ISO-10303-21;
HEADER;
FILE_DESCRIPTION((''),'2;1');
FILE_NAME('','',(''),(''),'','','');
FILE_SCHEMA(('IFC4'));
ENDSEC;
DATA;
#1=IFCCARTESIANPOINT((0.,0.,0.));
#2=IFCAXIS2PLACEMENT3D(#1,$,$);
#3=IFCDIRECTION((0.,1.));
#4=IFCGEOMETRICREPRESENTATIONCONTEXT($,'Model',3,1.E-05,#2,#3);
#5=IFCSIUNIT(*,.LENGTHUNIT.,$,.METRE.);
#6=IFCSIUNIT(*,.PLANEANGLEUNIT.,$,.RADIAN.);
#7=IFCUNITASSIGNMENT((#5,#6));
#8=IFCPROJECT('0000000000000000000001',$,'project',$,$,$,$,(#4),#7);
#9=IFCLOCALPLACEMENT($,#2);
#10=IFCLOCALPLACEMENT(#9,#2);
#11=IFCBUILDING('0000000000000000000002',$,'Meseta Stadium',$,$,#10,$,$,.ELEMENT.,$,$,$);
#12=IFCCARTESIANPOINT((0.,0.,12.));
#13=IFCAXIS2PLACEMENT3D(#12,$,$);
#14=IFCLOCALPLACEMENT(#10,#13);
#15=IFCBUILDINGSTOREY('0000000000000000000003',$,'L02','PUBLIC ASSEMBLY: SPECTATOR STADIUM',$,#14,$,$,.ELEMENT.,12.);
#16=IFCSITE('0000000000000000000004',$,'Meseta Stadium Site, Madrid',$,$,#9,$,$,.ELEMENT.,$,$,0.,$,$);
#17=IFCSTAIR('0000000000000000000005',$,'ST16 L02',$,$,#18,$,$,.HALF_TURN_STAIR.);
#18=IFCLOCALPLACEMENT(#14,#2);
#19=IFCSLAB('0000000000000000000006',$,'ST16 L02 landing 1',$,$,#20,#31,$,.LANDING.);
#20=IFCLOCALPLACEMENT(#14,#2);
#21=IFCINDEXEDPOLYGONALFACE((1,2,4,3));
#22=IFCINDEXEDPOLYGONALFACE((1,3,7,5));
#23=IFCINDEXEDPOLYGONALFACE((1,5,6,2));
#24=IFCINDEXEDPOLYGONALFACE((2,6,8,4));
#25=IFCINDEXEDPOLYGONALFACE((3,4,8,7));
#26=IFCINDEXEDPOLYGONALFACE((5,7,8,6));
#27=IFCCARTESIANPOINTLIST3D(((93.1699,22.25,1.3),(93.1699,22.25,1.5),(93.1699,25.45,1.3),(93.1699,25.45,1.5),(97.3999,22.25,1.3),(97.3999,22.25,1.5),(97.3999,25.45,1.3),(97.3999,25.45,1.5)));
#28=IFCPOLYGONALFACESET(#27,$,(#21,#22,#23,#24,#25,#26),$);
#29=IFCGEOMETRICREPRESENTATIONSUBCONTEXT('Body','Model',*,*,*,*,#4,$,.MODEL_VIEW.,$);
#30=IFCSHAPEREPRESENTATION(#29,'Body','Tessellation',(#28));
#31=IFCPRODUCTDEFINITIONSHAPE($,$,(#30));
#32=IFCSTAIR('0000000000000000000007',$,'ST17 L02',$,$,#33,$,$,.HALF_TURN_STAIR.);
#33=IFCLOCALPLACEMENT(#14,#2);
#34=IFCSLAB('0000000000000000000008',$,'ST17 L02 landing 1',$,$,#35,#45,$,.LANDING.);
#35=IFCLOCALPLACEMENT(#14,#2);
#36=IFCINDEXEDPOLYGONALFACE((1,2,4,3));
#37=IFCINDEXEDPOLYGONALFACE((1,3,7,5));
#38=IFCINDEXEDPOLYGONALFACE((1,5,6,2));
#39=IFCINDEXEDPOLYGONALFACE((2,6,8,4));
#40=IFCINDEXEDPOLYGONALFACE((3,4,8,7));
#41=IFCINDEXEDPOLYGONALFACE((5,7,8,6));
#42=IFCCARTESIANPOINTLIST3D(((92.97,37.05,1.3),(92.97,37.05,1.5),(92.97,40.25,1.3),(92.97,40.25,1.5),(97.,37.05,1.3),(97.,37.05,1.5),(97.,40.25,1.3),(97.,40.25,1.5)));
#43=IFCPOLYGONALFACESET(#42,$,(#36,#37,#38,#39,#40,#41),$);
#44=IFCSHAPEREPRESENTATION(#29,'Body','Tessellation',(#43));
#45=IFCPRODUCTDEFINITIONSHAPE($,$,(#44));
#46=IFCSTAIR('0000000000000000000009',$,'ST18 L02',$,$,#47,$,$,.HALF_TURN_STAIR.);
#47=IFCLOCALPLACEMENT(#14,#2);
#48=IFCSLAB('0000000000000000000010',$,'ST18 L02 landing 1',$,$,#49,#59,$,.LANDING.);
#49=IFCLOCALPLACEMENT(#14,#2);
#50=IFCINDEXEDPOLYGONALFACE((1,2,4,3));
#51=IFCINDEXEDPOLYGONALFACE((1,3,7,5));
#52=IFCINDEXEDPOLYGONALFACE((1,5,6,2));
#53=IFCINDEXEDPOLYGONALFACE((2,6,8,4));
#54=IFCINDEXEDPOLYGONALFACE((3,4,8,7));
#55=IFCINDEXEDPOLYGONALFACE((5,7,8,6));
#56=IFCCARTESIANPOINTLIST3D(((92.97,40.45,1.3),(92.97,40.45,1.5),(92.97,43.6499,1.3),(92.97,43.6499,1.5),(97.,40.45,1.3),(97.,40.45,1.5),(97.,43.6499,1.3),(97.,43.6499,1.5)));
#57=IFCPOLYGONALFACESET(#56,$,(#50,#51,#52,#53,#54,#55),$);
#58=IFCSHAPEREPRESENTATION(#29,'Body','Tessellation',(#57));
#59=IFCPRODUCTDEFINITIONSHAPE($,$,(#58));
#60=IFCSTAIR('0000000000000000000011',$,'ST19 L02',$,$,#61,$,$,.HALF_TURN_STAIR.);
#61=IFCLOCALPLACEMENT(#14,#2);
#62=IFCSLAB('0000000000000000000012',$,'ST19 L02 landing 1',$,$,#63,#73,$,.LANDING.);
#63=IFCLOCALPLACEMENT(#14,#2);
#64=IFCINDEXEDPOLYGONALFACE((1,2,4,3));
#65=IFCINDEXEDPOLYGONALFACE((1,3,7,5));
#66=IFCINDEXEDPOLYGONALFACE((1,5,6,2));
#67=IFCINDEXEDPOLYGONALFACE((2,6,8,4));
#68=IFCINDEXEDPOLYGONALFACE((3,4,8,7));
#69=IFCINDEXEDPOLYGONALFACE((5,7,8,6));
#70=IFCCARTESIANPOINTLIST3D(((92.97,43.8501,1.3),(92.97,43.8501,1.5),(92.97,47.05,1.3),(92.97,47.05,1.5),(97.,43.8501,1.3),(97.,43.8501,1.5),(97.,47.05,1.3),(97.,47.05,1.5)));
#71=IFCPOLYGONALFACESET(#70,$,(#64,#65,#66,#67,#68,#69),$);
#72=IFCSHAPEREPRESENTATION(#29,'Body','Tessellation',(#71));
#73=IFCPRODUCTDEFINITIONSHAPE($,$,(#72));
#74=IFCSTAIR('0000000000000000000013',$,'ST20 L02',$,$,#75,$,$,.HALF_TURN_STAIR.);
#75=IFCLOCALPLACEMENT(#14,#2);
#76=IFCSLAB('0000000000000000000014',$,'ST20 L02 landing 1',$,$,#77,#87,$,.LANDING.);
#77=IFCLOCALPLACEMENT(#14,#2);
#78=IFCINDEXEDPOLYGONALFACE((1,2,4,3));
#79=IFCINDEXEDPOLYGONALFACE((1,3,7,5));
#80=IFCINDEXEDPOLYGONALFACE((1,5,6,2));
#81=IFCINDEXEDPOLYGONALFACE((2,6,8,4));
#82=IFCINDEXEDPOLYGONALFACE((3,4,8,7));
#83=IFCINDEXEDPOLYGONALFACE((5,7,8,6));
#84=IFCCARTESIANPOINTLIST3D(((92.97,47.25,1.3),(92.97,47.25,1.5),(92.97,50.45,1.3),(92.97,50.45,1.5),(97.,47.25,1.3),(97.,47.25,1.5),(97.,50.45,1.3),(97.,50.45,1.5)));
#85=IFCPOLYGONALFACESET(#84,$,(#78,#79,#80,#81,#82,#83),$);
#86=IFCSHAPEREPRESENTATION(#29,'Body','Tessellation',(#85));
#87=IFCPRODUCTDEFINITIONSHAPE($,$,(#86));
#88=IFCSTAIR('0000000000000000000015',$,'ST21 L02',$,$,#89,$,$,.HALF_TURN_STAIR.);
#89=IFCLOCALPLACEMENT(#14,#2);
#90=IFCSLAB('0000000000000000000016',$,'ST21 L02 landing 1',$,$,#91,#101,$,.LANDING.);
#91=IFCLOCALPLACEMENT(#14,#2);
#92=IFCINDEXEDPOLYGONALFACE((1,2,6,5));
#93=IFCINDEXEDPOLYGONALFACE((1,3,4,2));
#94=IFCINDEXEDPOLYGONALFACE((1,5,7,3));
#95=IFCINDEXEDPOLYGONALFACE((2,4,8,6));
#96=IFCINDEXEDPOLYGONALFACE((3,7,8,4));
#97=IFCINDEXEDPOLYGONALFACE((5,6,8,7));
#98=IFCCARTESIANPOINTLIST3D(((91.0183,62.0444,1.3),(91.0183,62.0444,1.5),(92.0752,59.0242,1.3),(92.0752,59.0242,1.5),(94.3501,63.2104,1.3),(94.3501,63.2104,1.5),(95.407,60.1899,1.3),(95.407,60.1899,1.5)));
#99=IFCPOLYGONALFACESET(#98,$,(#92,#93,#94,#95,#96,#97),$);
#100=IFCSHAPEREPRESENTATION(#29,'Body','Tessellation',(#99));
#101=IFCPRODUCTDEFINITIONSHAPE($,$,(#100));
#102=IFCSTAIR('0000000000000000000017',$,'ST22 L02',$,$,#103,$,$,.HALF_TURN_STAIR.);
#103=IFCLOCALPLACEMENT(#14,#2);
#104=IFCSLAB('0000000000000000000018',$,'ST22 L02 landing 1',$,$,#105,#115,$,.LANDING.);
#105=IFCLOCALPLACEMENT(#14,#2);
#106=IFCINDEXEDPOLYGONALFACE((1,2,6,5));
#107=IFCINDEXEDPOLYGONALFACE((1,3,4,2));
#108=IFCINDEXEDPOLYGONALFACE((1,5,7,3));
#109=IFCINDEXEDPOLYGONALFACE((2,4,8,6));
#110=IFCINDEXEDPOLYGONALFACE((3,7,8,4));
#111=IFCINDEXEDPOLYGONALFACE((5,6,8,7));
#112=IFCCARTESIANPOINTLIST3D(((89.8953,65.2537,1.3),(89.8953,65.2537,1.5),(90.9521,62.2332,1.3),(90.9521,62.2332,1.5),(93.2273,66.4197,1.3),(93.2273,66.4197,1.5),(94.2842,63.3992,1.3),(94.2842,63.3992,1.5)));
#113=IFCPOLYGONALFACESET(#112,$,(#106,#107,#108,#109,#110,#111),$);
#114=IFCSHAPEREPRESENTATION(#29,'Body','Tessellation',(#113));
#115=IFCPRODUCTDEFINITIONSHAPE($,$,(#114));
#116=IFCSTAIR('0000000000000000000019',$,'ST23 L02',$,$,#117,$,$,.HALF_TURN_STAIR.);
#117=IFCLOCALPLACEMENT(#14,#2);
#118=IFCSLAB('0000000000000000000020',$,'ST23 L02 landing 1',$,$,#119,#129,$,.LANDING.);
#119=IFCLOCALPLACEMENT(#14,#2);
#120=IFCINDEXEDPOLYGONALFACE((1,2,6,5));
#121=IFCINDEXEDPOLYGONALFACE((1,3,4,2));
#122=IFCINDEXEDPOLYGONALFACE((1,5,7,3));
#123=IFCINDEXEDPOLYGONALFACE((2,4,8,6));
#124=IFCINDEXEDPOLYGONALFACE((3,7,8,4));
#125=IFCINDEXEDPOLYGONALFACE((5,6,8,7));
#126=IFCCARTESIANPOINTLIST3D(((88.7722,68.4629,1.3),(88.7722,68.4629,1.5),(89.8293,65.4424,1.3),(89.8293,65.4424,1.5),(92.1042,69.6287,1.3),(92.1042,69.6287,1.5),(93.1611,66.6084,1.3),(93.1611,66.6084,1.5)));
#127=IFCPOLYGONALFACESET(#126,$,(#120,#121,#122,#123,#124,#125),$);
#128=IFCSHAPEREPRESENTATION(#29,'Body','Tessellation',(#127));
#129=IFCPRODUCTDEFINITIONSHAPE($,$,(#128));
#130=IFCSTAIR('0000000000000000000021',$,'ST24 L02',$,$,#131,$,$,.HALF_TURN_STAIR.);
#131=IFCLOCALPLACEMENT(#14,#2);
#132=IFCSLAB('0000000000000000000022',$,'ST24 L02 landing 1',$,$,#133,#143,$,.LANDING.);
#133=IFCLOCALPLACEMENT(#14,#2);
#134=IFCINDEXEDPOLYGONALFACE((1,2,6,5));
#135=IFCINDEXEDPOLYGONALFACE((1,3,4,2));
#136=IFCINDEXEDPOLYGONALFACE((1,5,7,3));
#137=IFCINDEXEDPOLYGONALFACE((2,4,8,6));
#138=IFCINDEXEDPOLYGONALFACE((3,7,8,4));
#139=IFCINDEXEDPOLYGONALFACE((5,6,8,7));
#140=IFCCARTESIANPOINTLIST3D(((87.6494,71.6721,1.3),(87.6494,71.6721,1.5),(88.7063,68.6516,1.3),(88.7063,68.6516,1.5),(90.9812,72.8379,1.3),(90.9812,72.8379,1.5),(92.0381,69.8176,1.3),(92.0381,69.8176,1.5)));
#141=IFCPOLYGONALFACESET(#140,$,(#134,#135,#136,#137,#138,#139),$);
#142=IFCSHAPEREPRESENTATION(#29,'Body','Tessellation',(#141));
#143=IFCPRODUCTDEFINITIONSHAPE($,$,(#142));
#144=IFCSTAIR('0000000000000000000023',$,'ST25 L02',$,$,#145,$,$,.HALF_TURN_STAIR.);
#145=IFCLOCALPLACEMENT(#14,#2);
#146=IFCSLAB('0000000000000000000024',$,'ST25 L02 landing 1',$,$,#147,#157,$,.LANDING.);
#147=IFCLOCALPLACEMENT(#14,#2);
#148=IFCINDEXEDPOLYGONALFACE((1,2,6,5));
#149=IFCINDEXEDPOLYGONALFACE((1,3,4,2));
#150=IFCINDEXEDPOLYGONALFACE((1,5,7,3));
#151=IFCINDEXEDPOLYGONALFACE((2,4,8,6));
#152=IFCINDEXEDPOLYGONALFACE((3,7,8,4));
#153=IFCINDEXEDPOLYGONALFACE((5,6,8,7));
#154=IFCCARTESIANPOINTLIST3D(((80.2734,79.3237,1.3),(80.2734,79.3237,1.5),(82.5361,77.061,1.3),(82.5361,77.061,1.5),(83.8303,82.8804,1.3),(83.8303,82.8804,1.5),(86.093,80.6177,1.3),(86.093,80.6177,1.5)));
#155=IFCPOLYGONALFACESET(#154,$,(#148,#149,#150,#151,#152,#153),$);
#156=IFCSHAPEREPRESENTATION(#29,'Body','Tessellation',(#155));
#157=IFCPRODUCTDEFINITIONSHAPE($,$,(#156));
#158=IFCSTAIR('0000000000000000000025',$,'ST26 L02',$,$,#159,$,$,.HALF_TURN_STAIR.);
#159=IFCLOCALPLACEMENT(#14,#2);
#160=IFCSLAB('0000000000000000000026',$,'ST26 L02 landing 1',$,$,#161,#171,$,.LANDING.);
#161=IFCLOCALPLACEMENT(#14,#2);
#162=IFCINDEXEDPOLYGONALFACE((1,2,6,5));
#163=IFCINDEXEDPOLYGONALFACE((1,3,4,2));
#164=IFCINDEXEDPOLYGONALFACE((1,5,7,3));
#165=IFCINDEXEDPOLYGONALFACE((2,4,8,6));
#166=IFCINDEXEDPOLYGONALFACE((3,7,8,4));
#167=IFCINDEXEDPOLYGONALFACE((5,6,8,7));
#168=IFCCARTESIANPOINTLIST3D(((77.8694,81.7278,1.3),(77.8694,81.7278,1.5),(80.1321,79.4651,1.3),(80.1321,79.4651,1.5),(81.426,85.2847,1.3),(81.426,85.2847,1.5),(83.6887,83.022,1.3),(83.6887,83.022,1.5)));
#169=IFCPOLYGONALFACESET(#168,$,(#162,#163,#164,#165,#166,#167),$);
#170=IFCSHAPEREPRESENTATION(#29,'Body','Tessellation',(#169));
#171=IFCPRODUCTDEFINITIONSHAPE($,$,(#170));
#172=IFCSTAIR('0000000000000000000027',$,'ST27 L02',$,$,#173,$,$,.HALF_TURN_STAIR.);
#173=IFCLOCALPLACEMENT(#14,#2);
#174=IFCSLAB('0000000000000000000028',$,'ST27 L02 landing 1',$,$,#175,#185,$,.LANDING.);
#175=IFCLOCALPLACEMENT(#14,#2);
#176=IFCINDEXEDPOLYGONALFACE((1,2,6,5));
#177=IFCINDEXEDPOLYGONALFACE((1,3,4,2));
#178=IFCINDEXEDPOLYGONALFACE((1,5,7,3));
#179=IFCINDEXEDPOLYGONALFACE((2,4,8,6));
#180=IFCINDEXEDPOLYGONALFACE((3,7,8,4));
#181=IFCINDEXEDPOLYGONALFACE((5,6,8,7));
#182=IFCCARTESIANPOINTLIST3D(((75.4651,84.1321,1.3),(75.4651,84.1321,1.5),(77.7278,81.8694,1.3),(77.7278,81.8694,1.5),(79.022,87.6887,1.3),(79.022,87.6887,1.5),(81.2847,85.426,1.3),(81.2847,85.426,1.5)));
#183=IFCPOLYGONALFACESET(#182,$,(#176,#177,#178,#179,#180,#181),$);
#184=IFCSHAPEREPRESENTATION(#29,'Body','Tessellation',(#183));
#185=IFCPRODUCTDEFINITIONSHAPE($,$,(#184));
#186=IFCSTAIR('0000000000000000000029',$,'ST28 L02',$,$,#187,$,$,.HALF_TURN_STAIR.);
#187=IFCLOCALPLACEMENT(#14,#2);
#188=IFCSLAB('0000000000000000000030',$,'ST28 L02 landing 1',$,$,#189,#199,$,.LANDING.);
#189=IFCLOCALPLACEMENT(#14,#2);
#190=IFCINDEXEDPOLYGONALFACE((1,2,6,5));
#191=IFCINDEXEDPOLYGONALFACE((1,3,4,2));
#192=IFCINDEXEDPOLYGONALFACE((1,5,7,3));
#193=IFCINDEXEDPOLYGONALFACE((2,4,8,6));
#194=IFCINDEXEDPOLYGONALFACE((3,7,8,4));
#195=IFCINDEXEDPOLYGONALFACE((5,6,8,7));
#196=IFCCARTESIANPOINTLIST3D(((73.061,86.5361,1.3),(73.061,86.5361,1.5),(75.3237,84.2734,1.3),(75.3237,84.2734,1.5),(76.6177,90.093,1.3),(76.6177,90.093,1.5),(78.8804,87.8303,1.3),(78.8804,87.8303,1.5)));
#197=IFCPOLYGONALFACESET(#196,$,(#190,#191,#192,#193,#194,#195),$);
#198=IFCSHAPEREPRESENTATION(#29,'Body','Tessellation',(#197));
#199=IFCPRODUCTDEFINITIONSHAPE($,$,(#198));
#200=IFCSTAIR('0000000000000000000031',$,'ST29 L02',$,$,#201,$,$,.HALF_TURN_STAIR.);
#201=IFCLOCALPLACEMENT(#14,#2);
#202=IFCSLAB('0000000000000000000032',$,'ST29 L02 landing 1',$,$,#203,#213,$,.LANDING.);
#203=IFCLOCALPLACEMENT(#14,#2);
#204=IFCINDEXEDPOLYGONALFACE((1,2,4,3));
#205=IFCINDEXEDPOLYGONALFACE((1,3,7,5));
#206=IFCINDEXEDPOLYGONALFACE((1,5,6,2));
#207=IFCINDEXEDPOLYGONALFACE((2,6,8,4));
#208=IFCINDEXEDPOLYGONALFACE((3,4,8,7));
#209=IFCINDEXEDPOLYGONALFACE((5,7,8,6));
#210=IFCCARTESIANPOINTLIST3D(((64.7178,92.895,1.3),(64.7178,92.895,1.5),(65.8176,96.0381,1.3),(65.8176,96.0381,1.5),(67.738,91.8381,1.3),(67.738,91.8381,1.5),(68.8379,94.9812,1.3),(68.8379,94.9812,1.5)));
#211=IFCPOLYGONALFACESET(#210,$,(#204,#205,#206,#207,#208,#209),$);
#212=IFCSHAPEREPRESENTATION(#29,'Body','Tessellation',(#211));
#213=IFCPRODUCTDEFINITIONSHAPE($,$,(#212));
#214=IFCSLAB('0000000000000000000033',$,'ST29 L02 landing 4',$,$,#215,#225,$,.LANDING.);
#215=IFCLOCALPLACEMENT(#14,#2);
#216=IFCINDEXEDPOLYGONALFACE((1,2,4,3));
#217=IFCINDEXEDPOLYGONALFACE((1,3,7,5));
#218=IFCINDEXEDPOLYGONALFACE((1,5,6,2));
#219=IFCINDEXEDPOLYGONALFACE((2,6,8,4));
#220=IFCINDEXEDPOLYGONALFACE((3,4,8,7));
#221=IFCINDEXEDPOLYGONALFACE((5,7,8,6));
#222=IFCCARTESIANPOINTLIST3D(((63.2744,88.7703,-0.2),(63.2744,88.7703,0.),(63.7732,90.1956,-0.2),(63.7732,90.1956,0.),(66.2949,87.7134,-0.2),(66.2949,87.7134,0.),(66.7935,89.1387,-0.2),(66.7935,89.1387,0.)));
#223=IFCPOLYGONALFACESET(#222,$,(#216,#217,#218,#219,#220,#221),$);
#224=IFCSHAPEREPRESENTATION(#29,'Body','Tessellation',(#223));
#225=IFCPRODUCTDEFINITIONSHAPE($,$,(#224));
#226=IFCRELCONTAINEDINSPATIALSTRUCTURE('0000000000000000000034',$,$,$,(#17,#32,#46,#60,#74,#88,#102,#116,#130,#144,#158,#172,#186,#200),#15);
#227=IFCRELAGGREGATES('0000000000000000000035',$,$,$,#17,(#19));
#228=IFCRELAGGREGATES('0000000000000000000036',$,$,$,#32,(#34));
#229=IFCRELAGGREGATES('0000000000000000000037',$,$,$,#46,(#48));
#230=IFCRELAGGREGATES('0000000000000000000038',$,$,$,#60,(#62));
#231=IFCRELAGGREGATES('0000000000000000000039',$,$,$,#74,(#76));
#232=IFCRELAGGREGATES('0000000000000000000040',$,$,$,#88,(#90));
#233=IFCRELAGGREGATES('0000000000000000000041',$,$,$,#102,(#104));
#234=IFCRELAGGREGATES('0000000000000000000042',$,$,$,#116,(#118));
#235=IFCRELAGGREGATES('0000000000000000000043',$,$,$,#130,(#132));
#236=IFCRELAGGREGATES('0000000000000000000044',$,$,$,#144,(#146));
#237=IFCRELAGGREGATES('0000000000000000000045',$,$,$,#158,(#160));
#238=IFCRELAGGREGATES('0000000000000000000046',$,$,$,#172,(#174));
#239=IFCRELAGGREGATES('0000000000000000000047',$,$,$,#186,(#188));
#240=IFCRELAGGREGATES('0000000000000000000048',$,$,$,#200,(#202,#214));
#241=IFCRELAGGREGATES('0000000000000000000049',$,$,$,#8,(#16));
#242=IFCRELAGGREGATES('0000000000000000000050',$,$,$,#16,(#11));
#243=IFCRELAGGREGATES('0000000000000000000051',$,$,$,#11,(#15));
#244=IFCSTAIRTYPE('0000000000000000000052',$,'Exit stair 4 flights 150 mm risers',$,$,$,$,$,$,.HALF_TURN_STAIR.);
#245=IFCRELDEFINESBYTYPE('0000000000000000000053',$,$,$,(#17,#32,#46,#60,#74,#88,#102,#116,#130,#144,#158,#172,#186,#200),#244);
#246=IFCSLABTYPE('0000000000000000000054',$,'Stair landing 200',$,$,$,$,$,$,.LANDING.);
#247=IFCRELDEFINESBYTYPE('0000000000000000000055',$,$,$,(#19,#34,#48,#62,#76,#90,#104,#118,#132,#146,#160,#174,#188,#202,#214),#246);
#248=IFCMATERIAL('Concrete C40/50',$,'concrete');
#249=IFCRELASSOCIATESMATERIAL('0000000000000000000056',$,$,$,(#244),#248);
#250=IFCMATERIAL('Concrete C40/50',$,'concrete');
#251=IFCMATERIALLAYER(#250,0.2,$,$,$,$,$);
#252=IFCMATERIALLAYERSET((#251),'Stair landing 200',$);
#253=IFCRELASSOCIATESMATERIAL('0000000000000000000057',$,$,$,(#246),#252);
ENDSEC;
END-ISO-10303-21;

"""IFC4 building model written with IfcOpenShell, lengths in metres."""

from ifc_helpers import new_model, si_unit, direction, frame, origin, place, context, subcontext, project, spatial, polyline, outline, extrude, material, layer, layer_set, type_object, element, aggregate, save


model = new_model("IFC4")

# Units and contexts
model_context = context("Model", 3, precision=1e-05, world=origin(), true_north=direction((0.0, 1.0)))
body_context = subcontext(model_context, "Body", "Model", "MODEL_VIEW")
ifc_project = project(units=[si_unit("LENGTHUNIT", "METRE"), si_unit("PLANEANGLEUNIT", "RADIAN")], contexts=[model_context])

# Site, building, storey
site_placement = place(None, origin())
site = spatial("IfcSite", under=ifc_project, at=site_placement, Name="Meseta Stadium Site, Madrid", CompositionType="ELEMENT", RefElevation=0.0)
building_placement = place(site_placement, origin())
building = spatial("IfcBuilding", under=site, at=building_placement, Name="Meseta Stadium", CompositionType="ELEMENT")
storey_placement = place(building_placement, frame((0.0, 0.0, 12.0)))
storey = spatial("IfcBuildingStorey", under=building, at=storey_placement, Name="L02", Description="PUBLIC ASSEMBLY: SPECTATOR STADIUM", CompositionType="ELEMENT", Elevation=12.0)

# Stairs, slabs
ifc_material_1 = material(Name="Concrete C40/50", Category="concrete")
stair_type = type_object("IfcStairType", Name="Exit stair 4 flights 150 mm risers", PredefinedType="HALF_TURN_STAIR", material=ifc_material_1)
ifc_material_2 = material(Name="Concrete C40/50", Category="concrete")
ifc_layer = layer(ifc_material_2, 0.2)
ifc_layer_set = layer_set([ifc_layer], Name="Stair landing 200")
slab_type = type_object("IfcSlabType", Name="Stair landing 200", PredefinedType="LANDING", material=ifc_layer_set)
stair_1_placement = place(storey_placement, origin())
stair_1 = element("IfcStair", 1, at=stair_1_placement, inside=storey, type_object=stair_type, Name="ST16 L02", PredefinedType="HALF_TURN_STAIR")
slab_1_placement = place(storey_placement, frame((0.0, 0.0, 1.3)))
slab_1 = element("IfcSlab", 2, at=slab_1_placement, type_object=slab_type, Name="ST16 L02 landing 1", PredefinedType="LANDING", context=body_context, shape_type="SweptSolid", body=[
    extrude(outline(polyline([(93.1699, 22.25), (97.3999, 22.25), (97.3999, 25.45), (93.1699, 25.45), (93.1699, 22.25)])), origin(), (0.0, 0.0, 1.0), 0.2),
])
aggregate(stair_1, [slab_1])
stair_2_placement = place(storey_placement, origin())
stair_2 = element("IfcStair", 3, at=stair_2_placement, inside=storey, type_object=stair_type, Name="ST17 L02", PredefinedType="HALF_TURN_STAIR")
slab_2_placement = place(storey_placement, frame((0.0, 0.0, 1.3)))
slab_2 = element("IfcSlab", 4, at=slab_2_placement, type_object=slab_type, Name="ST17 L02 landing 1", PredefinedType="LANDING", context=body_context, shape_type="SweptSolid", body=[
    extrude(outline(polyline([(92.97, 37.05), (97.0, 37.05), (97.0, 40.25), (92.97, 40.25), (92.97, 37.05)])), origin(), (0.0, 0.0, 1.0), 0.2),
])
aggregate(stair_2, [slab_2])
stair_3_placement = place(storey_placement, origin())
stair_3 = element("IfcStair", 5, at=stair_3_placement, inside=storey, type_object=stair_type, Name="ST18 L02", PredefinedType="HALF_TURN_STAIR")
slab_3_placement = place(storey_placement, frame((0.0, 0.0, 1.3)))
slab_3 = element("IfcSlab", 6, at=slab_3_placement, type_object=slab_type, Name="ST18 L02 landing 1", PredefinedType="LANDING", context=body_context, shape_type="SweptSolid", body=[
    extrude(outline(polyline([(92.97, 40.45), (97.0, 40.45), (97.0, 43.6499), (92.97, 43.6499), (92.97, 40.45)])), origin(), (0.0, 0.0, 1.0), 0.2),
])
aggregate(stair_3, [slab_3])
stair_4_placement = place(storey_placement, origin())
stair_4 = element("IfcStair", 7, at=stair_4_placement, inside=storey, type_object=stair_type, Name="ST19 L02", PredefinedType="HALF_TURN_STAIR")
slab_4_placement = place(storey_placement, frame((0.0, 0.0, 1.3)))
slab_4 = element("IfcSlab", 8, at=slab_4_placement, type_object=slab_type, Name="ST19 L02 landing 1", PredefinedType="LANDING", context=body_context, shape_type="SweptSolid", body=[
    extrude(outline(polyline([(92.97, 43.8501), (97.0, 43.8501), (97.0, 47.05), (92.97, 47.05), (92.97, 43.8501)])), origin(), (0.0, 0.0, 1.0), 0.2),
])
aggregate(stair_4, [slab_4])
stair_5_placement = place(storey_placement, origin())
stair_5 = element("IfcStair", 9, at=stair_5_placement, inside=storey, type_object=stair_type, Name="ST20 L02", PredefinedType="HALF_TURN_STAIR")
slab_5_placement = place(storey_placement, frame((0.0, 0.0, 1.3)))
slab_5 = element("IfcSlab", 10, at=slab_5_placement, type_object=slab_type, Name="ST20 L02 landing 1", PredefinedType="LANDING", context=body_context, shape_type="SweptSolid", body=[
    extrude(outline(polyline([(92.97, 47.25), (97.0, 47.25), (97.0, 50.45), (92.97, 50.45), (92.97, 47.25)])), origin(), (0.0, 0.0, 1.0), 0.2),
])
aggregate(stair_5, [slab_5])
stair_6_placement = place(storey_placement, origin())
stair_6 = element("IfcStair", 11, at=stair_6_placement, inside=storey, type_object=stair_type, Name="ST21 L02", PredefinedType="HALF_TURN_STAIR")
slab_6_placement = place(storey_placement, frame((0.0, 0.0, 1.3)))
slab_6 = element("IfcSlab", 12, at=slab_6_placement, type_object=slab_type, Name="ST21 L02 landing 1", PredefinedType="LANDING", context=body_context, shape_type="SweptSolid", body=[
    extrude(outline(polyline([(92.0752, 59.0242), (95.407, 60.1899), (94.3501, 63.2104), (91.0183, 62.0444), (92.0752, 59.0242)])), origin(), (0.0, 0.0, 1.0), 0.2),
])
aggregate(stair_6, [slab_6])
stair_7_placement = place(storey_placement, origin())
stair_7 = element("IfcStair", 13, at=stair_7_placement, inside=storey, type_object=stair_type, Name="ST22 L02", PredefinedType="HALF_TURN_STAIR")
slab_7_placement = place(storey_placement, frame((0.0, 0.0, 1.3)))
slab_7 = element("IfcSlab", 14, at=slab_7_placement, type_object=slab_type, Name="ST22 L02 landing 1", PredefinedType="LANDING", context=body_context, shape_type="SweptSolid", body=[
    extrude(outline(polyline([(90.9521, 62.2332), (94.2842, 63.3992), (93.2273, 66.4197), (89.8953, 65.2537), (90.9521, 62.2332)])), origin(), (0.0, 0.0, 1.0), 0.2),
])
aggregate(stair_7, [slab_7])
stair_8_placement = place(storey_placement, origin())
stair_8 = element("IfcStair", 15, at=stair_8_placement, inside=storey, type_object=stair_type, Name="ST23 L02", PredefinedType="HALF_TURN_STAIR")
slab_8_placement = place(storey_placement, frame((0.0, 0.0, 1.3)))
slab_8 = element("IfcSlab", 16, at=slab_8_placement, type_object=slab_type, Name="ST23 L02 landing 1", PredefinedType="LANDING", context=body_context, shape_type="SweptSolid", body=[
    extrude(outline(polyline([(89.8293, 65.4424), (93.1611, 66.6084), (92.1042, 69.6287), (88.7722, 68.4629), (89.8293, 65.4424)])), origin(), (0.0, 0.0, 1.0), 0.2),
])
aggregate(stair_8, [slab_8])
stair_9_placement = place(storey_placement, origin())
stair_9 = element("IfcStair", 17, at=stair_9_placement, inside=storey, type_object=stair_type, Name="ST24 L02", PredefinedType="HALF_TURN_STAIR")
slab_9_placement = place(storey_placement, frame((0.0, 0.0, 1.3)))
slab_9 = element("IfcSlab", 18, at=slab_9_placement, type_object=slab_type, Name="ST24 L02 landing 1", PredefinedType="LANDING", context=body_context, shape_type="SweptSolid", body=[
    extrude(outline(polyline([(88.7063, 68.6516), (92.0381, 69.8176), (90.9812, 72.8379), (87.6494, 71.6721), (88.7063, 68.6516)])), origin(), (0.0, 0.0, 1.0), 0.2),
])
aggregate(stair_9, [slab_9])
stair_10_placement = place(storey_placement, origin())
stair_10 = element("IfcStair", 19, at=stair_10_placement, inside=storey, type_object=stair_type, Name="ST25 L02", PredefinedType="HALF_TURN_STAIR")
slab_10_placement = place(storey_placement, frame((0.0, 0.0, 1.3)))
slab_10 = element("IfcSlab", 20, at=slab_10_placement, type_object=slab_type, Name="ST25 L02 landing 1", PredefinedType="LANDING", context=body_context, shape_type="SweptSolid", body=[
    extrude(outline(polyline([(82.5361, 77.061), (86.093, 80.6177), (83.8303, 82.8804), (80.2734, 79.3237), (82.5361, 77.061)])), origin(), (0.0, 0.0, 1.0), 0.2),
])
aggregate(stair_10, [slab_10])
stair_11_placement = place(storey_placement, origin())
stair_11 = element("IfcStair", 21, at=stair_11_placement, inside=storey, type_object=stair_type, Name="ST26 L02", PredefinedType="HALF_TURN_STAIR")
slab_11_placement = place(storey_placement, frame((0.0, 0.0, 1.3)))
slab_11 = element("IfcSlab", 22, at=slab_11_placement, type_object=slab_type, Name="ST26 L02 landing 1", PredefinedType="LANDING", context=body_context, shape_type="SweptSolid", body=[
    extrude(outline(polyline([(80.1321, 79.4651), (83.6887, 83.022), (81.426, 85.2847), (77.8694, 81.7278), (80.1321, 79.4651)])), origin(), (0.0, 0.0, 1.0), 0.2),
])
aggregate(stair_11, [slab_11])
stair_12_placement = place(storey_placement, origin())
stair_12 = element("IfcStair", 23, at=stair_12_placement, inside=storey, type_object=stair_type, Name="ST27 L02", PredefinedType="HALF_TURN_STAIR")
slab_12_placement = place(storey_placement, frame((0.0, 0.0, 1.3)))
slab_12 = element("IfcSlab", 24, at=slab_12_placement, type_object=slab_type, Name="ST27 L02 landing 1", PredefinedType="LANDING", context=body_context, shape_type="SweptSolid", body=[
    extrude(outline(polyline([(77.7278, 81.8694), (81.2847, 85.426), (79.022, 87.6887), (75.4651, 84.1321), (77.7278, 81.8694)])), origin(), (0.0, 0.0, 1.0), 0.2),
])
aggregate(stair_12, [slab_12])
stair_13_placement = place(storey_placement, origin())
stair_13 = element("IfcStair", 25, at=stair_13_placement, inside=storey, type_object=stair_type, Name="ST28 L02", PredefinedType="HALF_TURN_STAIR")
slab_13_placement = place(storey_placement, frame((0.0, 0.0, 1.3)))
slab_13 = element("IfcSlab", 26, at=slab_13_placement, type_object=slab_type, Name="ST28 L02 landing 1", PredefinedType="LANDING", context=body_context, shape_type="SweptSolid", body=[
    extrude(outline(polyline([(75.3237, 84.2734), (78.8804, 87.8303), (76.6177, 90.093), (73.061, 86.5361), (75.3237, 84.2734)])), origin(), (0.0, 0.0, 1.0), 0.2),
])
aggregate(stair_13, [slab_13])

# Stair, slabs
stair_14_placement = place(storey_placement, origin())
stair_14 = element("IfcStair", 27, at=stair_14_placement, inside=storey, type_object=stair_type, Name="ST29 L02", PredefinedType="HALF_TURN_STAIR")
slab_14_placement = place(storey_placement, frame((0.0, 0.0, 1.3)))
slab_14 = element("IfcSlab", 28, at=slab_14_placement, type_object=slab_type, Name="ST29 L02 landing 1", PredefinedType="LANDING", context=body_context, shape_type="SweptSolid", body=[
    extrude(outline(polyline([(67.738, 91.8381), (68.8379, 94.9812), (65.8176, 96.0381), (64.7178, 92.895), (67.738, 91.8381)])), origin(), (0.0, 0.0, 1.0), 0.2),
])
slab_15_placement = place(storey_placement, frame((0.0, 0.0, -0.2)))
slab_15 = element("IfcSlab", 29, at=slab_15_placement, type_object=slab_type, Name="ST29 L02 landing 4", PredefinedType="LANDING", context=body_context, shape_type="SweptSolid", body=[
    extrude(outline(polyline([(66.2949, 87.7134), (66.7935, 89.1387), (63.7732, 90.1956), (63.2744, 88.7703), (66.2949, 87.7134)])), origin(), (0.0, 0.0, 1.0), 0.2),
])
aggregate(stair_14, [slab_14, slab_15])

save(model, "model.ifc")
